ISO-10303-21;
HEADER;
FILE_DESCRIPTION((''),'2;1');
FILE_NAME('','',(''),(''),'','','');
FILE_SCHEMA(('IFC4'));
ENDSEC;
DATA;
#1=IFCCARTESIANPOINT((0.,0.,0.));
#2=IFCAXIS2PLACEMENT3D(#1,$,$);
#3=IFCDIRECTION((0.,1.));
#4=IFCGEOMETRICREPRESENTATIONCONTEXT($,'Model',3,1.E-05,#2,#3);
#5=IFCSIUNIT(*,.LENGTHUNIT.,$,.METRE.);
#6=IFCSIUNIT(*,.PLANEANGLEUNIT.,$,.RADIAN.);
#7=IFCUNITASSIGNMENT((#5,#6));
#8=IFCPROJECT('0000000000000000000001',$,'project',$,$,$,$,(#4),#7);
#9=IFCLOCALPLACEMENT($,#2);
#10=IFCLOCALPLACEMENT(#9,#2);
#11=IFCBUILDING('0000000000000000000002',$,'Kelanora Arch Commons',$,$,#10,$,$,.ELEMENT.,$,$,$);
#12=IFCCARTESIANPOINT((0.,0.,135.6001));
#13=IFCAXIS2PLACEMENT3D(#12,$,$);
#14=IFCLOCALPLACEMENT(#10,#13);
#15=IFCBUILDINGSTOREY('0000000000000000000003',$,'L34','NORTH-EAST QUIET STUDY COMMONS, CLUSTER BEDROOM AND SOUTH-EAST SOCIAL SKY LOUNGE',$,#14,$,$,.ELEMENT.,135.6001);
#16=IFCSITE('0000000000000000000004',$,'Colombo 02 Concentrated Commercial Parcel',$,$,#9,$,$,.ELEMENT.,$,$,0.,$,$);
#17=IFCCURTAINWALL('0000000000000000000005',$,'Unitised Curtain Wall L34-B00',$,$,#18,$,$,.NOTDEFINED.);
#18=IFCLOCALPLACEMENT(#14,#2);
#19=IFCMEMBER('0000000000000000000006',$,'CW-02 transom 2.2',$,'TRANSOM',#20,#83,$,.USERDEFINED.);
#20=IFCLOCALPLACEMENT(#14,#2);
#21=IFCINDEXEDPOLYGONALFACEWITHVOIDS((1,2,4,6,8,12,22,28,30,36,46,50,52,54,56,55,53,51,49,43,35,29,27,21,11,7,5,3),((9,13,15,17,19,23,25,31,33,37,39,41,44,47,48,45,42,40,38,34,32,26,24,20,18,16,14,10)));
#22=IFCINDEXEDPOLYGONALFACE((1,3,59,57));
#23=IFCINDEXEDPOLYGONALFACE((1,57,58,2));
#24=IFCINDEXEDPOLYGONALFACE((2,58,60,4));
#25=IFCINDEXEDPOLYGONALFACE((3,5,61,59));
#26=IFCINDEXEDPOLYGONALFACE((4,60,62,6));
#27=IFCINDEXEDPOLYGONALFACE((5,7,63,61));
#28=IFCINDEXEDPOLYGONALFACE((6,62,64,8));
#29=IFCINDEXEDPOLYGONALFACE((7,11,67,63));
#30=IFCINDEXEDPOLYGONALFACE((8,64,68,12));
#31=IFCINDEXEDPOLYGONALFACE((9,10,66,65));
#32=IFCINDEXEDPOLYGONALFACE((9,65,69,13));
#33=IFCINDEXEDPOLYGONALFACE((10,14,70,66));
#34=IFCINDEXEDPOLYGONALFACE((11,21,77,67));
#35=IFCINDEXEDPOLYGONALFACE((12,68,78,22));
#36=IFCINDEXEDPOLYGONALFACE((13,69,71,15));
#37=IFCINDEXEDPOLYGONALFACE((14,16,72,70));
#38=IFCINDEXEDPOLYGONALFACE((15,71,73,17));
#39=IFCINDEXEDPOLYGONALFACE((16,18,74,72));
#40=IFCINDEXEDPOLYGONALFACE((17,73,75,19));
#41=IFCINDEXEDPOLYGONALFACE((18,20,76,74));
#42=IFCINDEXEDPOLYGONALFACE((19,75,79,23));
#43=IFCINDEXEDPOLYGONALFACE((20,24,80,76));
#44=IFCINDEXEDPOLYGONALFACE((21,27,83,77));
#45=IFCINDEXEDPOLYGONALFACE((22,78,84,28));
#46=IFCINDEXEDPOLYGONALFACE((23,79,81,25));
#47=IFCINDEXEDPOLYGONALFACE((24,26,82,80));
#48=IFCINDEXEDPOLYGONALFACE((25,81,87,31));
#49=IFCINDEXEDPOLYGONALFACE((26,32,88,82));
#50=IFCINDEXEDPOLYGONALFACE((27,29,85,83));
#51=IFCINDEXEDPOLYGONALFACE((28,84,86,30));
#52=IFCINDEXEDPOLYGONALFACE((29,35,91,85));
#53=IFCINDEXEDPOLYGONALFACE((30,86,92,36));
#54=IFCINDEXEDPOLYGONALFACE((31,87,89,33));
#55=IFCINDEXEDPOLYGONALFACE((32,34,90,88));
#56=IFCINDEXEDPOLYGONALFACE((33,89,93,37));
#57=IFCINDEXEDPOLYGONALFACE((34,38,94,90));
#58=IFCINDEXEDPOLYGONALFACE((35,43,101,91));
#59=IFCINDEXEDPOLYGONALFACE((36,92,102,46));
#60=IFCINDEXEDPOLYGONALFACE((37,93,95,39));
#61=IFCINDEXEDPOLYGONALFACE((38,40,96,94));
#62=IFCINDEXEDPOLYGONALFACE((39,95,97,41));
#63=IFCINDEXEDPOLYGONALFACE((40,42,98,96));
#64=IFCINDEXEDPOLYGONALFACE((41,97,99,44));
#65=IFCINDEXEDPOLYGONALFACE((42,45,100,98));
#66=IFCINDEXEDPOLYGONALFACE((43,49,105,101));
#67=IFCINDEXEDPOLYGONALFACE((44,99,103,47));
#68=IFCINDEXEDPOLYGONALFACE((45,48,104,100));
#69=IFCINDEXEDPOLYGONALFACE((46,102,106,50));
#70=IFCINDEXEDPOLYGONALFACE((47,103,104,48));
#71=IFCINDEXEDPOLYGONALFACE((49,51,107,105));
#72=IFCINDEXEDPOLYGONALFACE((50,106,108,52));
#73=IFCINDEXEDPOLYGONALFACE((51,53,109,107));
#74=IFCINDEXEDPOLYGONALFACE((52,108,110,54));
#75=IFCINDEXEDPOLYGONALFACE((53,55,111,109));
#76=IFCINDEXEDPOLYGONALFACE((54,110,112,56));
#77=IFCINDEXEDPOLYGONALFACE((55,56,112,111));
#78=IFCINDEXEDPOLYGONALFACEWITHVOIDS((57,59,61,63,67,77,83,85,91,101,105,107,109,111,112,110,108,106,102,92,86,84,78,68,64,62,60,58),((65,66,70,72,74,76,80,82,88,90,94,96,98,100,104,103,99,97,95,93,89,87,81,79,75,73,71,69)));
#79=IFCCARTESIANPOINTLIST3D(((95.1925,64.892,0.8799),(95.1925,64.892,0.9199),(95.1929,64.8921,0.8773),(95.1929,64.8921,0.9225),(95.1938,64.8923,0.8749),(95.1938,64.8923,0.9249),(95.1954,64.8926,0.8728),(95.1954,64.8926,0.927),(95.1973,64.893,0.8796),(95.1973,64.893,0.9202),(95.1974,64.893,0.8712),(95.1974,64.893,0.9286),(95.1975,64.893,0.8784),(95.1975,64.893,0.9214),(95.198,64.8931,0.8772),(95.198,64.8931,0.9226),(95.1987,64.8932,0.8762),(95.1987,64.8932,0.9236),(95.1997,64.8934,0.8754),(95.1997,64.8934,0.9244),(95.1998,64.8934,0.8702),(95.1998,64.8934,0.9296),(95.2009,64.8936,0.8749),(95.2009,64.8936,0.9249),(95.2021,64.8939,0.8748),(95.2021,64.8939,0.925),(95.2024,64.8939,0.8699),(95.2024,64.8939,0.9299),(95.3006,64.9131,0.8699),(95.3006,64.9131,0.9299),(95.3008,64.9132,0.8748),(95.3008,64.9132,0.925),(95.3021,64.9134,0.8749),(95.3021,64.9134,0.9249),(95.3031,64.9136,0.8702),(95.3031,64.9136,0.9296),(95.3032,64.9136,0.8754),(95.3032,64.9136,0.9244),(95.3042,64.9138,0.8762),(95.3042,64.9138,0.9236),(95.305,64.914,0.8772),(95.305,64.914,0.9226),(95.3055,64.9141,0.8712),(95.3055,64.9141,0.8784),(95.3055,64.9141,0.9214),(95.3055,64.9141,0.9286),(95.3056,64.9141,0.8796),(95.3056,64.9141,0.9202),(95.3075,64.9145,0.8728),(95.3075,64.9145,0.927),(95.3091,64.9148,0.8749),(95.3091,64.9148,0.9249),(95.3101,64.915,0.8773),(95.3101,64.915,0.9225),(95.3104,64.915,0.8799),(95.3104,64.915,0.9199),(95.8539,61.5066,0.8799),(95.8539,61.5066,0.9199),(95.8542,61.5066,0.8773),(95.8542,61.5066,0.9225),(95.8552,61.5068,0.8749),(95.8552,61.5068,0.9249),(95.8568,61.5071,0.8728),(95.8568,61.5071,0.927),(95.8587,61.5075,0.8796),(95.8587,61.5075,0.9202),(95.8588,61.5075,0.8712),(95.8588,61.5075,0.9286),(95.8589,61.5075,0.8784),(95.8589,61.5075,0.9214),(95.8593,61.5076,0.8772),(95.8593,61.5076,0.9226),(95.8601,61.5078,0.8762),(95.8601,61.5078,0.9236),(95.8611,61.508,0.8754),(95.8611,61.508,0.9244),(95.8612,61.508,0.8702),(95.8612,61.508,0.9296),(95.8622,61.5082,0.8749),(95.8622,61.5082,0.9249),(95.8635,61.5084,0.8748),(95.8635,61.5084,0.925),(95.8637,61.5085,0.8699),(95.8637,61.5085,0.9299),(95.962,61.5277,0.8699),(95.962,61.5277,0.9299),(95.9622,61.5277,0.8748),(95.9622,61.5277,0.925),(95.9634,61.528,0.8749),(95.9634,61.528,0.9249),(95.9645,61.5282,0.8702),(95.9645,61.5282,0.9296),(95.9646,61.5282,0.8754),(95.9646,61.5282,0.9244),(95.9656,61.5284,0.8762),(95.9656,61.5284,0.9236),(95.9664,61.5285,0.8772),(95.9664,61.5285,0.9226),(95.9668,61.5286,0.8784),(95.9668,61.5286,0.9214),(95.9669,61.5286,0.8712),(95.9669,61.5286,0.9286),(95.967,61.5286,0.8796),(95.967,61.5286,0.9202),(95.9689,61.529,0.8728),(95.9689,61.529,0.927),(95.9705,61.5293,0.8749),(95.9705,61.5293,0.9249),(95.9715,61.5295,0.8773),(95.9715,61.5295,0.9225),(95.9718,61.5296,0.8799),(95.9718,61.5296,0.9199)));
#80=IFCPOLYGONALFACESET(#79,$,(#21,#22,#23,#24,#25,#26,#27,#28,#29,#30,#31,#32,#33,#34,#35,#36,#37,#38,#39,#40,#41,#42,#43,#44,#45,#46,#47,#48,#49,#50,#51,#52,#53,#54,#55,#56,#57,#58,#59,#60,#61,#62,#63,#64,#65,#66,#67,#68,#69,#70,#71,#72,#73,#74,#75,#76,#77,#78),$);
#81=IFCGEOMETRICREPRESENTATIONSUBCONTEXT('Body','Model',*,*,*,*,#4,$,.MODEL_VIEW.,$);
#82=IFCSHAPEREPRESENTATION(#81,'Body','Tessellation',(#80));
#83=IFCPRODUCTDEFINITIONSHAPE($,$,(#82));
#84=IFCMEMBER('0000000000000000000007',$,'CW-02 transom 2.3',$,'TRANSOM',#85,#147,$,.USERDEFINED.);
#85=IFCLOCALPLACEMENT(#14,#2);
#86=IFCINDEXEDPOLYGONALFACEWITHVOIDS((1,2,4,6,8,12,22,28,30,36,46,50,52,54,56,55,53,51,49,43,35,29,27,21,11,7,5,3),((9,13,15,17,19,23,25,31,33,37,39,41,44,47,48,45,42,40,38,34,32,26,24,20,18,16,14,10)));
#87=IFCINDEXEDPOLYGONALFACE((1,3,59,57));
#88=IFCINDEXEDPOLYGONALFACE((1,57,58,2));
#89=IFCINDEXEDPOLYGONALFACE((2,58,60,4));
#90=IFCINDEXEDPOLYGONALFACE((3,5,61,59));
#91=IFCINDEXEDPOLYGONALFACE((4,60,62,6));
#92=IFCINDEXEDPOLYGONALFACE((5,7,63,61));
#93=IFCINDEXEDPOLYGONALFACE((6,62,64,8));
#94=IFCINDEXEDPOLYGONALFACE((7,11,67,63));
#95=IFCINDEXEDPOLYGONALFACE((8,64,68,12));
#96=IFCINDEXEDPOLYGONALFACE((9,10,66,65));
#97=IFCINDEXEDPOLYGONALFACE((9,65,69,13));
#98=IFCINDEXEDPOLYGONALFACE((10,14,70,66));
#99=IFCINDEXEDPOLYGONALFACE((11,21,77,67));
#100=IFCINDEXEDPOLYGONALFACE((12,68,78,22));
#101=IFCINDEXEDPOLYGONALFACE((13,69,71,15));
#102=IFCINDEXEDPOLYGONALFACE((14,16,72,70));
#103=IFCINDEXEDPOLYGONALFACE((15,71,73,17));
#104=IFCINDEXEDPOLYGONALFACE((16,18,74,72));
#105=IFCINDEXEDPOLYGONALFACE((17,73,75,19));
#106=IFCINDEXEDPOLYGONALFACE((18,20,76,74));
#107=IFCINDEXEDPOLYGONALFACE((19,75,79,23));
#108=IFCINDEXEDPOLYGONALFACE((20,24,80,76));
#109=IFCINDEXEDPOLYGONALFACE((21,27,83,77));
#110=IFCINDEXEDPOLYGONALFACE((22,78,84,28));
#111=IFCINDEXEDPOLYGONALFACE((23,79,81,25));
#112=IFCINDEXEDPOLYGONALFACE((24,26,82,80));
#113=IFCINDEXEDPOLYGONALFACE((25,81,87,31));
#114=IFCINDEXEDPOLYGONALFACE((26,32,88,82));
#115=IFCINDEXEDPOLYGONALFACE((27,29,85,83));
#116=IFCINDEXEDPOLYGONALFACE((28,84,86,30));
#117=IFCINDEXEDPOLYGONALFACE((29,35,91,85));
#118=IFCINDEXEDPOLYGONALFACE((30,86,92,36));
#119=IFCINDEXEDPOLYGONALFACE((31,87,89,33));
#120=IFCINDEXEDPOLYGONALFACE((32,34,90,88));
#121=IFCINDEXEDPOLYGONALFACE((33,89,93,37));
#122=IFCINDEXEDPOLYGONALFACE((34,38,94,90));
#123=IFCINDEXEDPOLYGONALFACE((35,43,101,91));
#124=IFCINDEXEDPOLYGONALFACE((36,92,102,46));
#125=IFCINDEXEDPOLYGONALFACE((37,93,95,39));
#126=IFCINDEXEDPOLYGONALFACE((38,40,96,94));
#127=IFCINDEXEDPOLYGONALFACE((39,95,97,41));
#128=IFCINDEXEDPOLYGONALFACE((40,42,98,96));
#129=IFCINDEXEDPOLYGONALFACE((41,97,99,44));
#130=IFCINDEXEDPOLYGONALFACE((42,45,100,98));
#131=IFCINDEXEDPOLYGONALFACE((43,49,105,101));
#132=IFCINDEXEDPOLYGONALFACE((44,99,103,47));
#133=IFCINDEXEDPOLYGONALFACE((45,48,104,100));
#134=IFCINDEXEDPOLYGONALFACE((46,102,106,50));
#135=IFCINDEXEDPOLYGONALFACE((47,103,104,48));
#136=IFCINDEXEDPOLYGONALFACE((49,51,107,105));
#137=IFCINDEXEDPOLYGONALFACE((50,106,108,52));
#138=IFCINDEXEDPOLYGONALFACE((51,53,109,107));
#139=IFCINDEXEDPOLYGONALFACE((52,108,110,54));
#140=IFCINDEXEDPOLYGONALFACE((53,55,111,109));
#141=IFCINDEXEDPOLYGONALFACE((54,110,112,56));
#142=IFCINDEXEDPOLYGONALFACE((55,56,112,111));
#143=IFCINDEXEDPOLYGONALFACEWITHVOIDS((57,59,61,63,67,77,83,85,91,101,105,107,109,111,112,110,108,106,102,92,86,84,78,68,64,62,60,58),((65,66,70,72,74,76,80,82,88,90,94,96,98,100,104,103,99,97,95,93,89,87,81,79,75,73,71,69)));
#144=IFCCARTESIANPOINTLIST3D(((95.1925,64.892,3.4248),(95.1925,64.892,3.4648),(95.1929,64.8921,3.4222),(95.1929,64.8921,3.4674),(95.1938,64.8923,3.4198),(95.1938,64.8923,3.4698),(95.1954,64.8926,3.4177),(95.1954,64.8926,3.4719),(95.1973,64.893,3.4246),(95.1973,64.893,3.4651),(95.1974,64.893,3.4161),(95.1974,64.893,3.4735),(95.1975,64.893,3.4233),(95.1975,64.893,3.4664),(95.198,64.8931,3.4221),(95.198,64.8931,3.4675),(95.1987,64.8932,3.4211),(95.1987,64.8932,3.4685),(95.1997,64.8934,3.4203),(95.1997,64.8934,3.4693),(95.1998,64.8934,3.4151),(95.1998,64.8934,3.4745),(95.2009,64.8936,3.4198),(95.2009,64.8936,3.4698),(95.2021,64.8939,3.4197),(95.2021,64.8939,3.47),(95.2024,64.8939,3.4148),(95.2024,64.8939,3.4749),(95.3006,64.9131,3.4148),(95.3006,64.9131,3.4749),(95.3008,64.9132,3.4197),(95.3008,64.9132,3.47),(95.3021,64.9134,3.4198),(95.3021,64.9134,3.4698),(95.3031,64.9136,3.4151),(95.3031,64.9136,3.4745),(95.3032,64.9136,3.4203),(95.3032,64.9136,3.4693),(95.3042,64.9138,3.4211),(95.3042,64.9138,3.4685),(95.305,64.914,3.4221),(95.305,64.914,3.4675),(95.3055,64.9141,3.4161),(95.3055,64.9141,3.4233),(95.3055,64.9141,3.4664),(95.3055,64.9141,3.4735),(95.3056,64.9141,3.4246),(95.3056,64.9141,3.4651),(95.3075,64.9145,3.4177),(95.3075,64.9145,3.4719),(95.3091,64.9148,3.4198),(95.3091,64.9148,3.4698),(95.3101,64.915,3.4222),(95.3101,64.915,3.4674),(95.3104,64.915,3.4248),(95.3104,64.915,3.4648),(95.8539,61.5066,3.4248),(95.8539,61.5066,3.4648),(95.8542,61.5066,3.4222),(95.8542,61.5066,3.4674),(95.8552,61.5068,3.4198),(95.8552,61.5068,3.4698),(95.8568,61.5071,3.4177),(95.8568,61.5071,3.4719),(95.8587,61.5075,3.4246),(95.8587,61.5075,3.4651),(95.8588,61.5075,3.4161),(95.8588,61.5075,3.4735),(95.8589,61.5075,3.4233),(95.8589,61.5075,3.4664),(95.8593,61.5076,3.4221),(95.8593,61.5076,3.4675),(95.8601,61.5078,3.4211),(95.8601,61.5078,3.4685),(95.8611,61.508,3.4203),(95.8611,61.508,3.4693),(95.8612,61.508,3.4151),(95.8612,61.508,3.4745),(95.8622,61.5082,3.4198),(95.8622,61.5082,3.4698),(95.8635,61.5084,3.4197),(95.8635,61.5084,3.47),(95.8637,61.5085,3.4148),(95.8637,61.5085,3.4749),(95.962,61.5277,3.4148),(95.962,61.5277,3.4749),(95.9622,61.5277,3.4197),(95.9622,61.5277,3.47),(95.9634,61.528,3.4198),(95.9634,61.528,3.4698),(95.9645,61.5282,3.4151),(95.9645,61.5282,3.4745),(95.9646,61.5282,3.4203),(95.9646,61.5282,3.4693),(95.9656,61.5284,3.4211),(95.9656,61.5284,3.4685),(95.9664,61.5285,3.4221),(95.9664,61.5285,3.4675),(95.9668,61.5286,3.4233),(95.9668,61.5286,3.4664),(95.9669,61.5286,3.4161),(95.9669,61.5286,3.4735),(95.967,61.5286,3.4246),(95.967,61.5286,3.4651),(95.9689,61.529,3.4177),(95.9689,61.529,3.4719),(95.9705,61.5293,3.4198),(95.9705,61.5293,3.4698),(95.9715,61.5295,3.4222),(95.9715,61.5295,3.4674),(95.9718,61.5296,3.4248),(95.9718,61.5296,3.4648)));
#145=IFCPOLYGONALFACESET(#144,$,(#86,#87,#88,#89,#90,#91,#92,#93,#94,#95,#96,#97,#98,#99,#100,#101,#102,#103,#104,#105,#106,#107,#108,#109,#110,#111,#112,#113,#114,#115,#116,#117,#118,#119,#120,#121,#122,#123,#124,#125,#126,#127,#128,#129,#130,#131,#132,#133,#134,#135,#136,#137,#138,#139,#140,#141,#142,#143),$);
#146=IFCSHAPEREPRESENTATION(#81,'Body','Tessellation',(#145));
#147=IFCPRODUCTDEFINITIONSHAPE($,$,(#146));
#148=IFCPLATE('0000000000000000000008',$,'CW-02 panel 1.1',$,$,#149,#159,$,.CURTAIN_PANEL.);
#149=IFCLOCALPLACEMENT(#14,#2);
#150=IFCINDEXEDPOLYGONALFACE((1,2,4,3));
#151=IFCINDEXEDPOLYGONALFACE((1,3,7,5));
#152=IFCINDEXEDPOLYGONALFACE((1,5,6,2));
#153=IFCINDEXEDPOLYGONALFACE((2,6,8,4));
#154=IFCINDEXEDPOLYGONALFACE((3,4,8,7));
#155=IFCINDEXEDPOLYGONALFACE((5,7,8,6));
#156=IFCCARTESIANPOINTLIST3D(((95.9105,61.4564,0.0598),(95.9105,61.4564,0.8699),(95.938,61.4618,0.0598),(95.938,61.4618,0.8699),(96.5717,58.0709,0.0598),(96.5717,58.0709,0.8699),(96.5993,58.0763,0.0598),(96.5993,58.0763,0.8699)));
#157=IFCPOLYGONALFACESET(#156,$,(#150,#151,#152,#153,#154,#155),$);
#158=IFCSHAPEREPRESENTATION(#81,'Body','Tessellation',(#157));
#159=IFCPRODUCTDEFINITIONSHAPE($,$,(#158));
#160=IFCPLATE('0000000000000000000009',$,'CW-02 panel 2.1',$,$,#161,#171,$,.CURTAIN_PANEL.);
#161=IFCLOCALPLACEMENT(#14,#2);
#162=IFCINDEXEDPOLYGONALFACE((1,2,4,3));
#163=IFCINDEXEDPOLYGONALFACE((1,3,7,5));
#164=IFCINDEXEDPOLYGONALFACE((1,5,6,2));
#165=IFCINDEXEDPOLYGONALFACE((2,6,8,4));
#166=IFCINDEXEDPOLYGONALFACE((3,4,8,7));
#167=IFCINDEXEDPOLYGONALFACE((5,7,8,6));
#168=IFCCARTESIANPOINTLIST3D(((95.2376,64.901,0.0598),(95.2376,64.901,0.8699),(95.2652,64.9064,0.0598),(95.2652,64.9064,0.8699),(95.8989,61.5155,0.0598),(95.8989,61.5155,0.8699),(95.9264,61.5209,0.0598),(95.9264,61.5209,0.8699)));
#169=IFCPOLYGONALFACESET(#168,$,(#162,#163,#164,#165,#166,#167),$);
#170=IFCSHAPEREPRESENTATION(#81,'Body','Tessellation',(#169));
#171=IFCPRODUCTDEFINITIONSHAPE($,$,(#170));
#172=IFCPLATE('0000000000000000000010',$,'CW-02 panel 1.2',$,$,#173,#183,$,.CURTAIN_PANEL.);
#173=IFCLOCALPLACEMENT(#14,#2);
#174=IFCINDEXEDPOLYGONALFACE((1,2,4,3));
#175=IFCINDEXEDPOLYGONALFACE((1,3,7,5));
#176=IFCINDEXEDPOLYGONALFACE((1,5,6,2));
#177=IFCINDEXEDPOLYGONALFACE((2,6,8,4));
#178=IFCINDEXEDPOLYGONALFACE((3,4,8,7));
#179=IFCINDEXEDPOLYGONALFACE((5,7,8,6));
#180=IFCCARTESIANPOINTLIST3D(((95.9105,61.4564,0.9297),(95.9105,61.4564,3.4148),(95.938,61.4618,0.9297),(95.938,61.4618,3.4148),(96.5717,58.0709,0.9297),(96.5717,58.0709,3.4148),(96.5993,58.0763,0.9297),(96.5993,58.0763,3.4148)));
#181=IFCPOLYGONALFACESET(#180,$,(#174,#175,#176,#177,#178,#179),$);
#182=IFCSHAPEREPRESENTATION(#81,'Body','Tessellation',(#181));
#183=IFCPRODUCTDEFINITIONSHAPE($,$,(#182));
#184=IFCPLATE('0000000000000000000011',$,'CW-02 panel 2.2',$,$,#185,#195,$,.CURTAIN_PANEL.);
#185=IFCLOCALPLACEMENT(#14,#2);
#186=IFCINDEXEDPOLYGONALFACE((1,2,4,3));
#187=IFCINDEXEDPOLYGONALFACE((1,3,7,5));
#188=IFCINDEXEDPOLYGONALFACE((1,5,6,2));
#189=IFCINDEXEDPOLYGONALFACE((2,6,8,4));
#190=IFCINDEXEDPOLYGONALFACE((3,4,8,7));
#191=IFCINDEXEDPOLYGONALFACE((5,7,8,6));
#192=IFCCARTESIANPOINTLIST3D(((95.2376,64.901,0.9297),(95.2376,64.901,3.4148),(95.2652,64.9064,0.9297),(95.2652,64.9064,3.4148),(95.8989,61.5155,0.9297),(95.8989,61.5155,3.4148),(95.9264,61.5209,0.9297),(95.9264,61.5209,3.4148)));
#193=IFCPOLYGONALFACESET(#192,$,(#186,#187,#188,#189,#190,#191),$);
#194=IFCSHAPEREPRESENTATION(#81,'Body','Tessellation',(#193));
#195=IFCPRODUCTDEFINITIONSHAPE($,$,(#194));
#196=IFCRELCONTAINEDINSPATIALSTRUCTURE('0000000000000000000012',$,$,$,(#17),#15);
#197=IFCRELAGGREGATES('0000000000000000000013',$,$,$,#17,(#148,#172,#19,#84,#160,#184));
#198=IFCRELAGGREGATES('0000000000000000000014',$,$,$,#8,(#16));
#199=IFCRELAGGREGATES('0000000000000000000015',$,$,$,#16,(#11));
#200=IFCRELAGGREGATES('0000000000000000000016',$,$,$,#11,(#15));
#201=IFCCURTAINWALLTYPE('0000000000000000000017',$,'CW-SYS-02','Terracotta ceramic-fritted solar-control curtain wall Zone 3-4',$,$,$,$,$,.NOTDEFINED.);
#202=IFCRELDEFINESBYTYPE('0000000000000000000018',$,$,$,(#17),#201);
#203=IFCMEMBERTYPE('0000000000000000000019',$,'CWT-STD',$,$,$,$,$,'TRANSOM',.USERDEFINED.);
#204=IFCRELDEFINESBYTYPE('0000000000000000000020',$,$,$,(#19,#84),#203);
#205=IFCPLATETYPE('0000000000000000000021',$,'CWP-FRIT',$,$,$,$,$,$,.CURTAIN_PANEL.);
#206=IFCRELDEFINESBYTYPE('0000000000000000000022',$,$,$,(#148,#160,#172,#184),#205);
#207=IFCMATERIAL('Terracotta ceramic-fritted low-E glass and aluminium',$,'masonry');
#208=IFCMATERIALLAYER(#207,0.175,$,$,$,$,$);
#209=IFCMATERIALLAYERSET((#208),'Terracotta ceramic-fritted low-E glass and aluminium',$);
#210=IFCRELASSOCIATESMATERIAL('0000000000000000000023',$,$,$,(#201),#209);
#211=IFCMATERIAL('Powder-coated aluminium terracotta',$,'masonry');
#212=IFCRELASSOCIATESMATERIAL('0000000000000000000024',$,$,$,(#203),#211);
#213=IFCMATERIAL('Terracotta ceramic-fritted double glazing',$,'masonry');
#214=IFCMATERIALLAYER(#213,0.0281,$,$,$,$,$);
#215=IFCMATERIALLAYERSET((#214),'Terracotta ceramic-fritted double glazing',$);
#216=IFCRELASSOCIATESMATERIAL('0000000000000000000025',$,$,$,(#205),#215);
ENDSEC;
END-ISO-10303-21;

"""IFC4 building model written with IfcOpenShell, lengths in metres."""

from ifc_helpers import new_model, si_unit, direction, frame, origin, origin_2d, place, context, subcontext, project, spatial, rectangle, hollow_rectangle, extrude, source, transform, mapped, material, layer, layer_set, material_profile, profile_set, type_object, element, aggregate, save


model = new_model("IFC4")

# Units and contexts
model_context = context("Model", 3, precision=1e-05, world=origin(), true_north=direction((0.0, 1.0)))
body_context = subcontext(model_context, "Body", "Model", "MODEL_VIEW")
ifc_project = project(units=[si_unit("LENGTHUNIT", "METRE"), si_unit("PLANEANGLEUNIT", "RADIAN")], contexts=[model_context])

# Site, building, storey
site_placement = place(None, origin())
site = spatial("IfcSite", under=ifc_project, at=site_placement, Name="Colombo 02 Concentrated Commercial Parcel", CompositionType="ELEMENT", RefElevation=0.0)
building_placement = place(site_placement, origin())
building = spatial("IfcBuilding", under=site, at=building_placement, Name="Kelanora Arch Commons", CompositionType="ELEMENT")
storey_placement = place(building_placement, frame((0.0, 0.0, 135.6001)))
storey = spatial("IfcBuildingStorey", under=building, at=storey_placement, Name="L34", Description="NORTH-EAST QUIET STUDY COMMONS, CLUSTER BEDROOM AND SOUTH-EAST SOCIAL SKY LOUNGE", CompositionType="ELEMENT", Elevation=135.6001)

# Curtain wall, members, plates
ifc_material_1 = material(Name="Terracotta ceramic-fritted low-E glass and aluminium", Category="masonry")
ifc_layer_1 = layer(ifc_material_1, 0.175)
ifc_layer_set_1 = layer_set([ifc_layer_1], Name="Terracotta ceramic-fritted low-E glass and aluminium")
curtain_wall_type = type_object("IfcCurtainWallType", Name="CW-SYS-02", Description="Terracotta ceramic-fritted solar-control curtain wall Zone 3-4", PredefinedType="NOTDEFINED", material=ifc_layer_set_1)
curtain_wall_placement = place(storey_placement, origin())
curtain_wall = element("IfcCurtainWall", 1, at=curtain_wall_placement, inside=storey, type_object=curtain_wall_type, Name="Unitised Curtain Wall L34-B00", PredefinedType="NOTDEFINED")
ifc_material_2 = material(Name="Powder-coated aluminium terracotta", Category="masonry")
ifc_material_profile_1 = material_profile(ifc_material_2, hollow_rectangle(XDim=0.1201, YDim=0.0601, WallThickness=0.0049, InnerFilletRadius=0.0049, OuterFilletRadius=0.01, at=origin_2d()), Name="CWT120x60")
ifc_profile_set_1 = profile_set([ifc_material_profile_1], Name="Powder-coated aluminium terracotta")
member_type_1 = type_object("IfcMemberType", Name="CWT-STD", ElementType="TRANSOM", PredefinedType="USERDEFINED", material=ifc_profile_set_1)
member_1_placement = place(storey_placement, frame((95.9128, 61.5181, 0.8999), z_axis=(-0.191732, 0.981447, 0.0), x_axis=(-0.981447, -0.191732, 0.0)))
member_1 = element("IfcMember", 2, at=member_1_placement, type_object=member_type_1, Name="CW-02 transom 2.2", ObjectType="TRANSOM", PredefinedType="USERDEFINED", context=body_context, shape_type="SweptSolid", body=[
    extrude(hollow_rectangle(XDim=0.1201, YDim=0.0601, WallThickness=0.0049, InnerFilletRadius=0.0049, OuterFilletRadius=0.01, at=origin_2d()), origin(), (0.0, 0.0, 1.0), 3.4495),
])
member_2_placement = place(storey_placement, frame((95.9128, 61.5181, 3.4448), z_axis=(-0.191732, 0.981447, 0.0), x_axis=(-0.981447, -0.191732, 0.0)))
member_2 = element("IfcMember", 3, at=member_2_placement, type_object=member_type_1, Name="CW-02 transom 2.3", ObjectType="TRANSOM", PredefinedType="USERDEFINED", context=body_context, shape_type="SweptSolid", body=[
    extrude(hollow_rectangle(XDim=0.1201, YDim=0.0601, WallThickness=0.0049, InnerFilletRadius=0.0049, OuterFilletRadius=0.01, at=origin_2d()), origin(), (0.0, 0.0, 1.0), 3.4495),
])
ifc_material_3 = material(Name="Terracotta ceramic-fritted double glazing", Category="masonry")
ifc_layer_2 = layer(ifc_material_3, 0.0281)
ifc_layer_set_2 = layer_set([ifc_layer_2], Name="Terracotta ceramic-fritted double glazing")
plate_type = type_object("IfcPlateType", Name="CWP-FRIT", PredefinedType="CURTAIN_PANEL", material=ifc_layer_set_2)
shared_shape_1 = source(origin(), body_context, "Body", "SweptSolid", [
    extrude(rectangle(XDim=3.4495, YDim=0.0281, at=origin_2d()), origin(), (0.0, 0.0, 1.0), 0.8101),
])
plate_1_placement = place(storey_placement, frame((96.2549, 59.7664, 0.0598), z_axis=(0.0, 0.0, 1.0), x_axis=(-0.191705, 0.981453, 0.0)))
plate_1 = element("IfcPlate", 4, at=plate_1_placement, type_object=plate_type, Name="CW-02 panel 1.1", PredefinedType="CURTAIN_PANEL", context=body_context, shape_type="MappedRepresentation", body=[
    mapped(shared_shape_1, transform((0.0, 0.0, 0.0), scale=1.0)),
])
plate_2_placement = place(storey_placement, frame((95.582, 63.2109, 0.0598), z_axis=(0.0, 0.0, 1.0), x_axis=(-0.191705, 0.981453, 0.0)))
plate_2 = element("IfcPlate", 5, at=plate_2_placement, type_object=plate_type, Name="CW-02 panel 2.1", PredefinedType="CURTAIN_PANEL", context=body_context, shape_type="MappedRepresentation", body=[
    mapped(shared_shape_1, transform((0.0, 0.0, 0.0), scale=1.0)),
])
shared_shape_2 = source(origin(), body_context, "Body", "SweptSolid", [
    extrude(rectangle(XDim=3.4495, YDim=0.0281, at=origin_2d()), origin(), (0.0, 0.0, 1.0), 2.4851),
])
plate_3_placement = place(storey_placement, frame((96.2549, 59.7664, 0.9297), z_axis=(0.0, 0.0, 1.0), x_axis=(-0.191705, 0.981453, 0.0)))
plate_3 = element("IfcPlate", 6, at=plate_3_placement, type_object=plate_type, Name="CW-02 panel 1.2", PredefinedType="CURTAIN_PANEL", context=body_context, shape_type="MappedRepresentation", body=[
    mapped(shared_shape_2, transform((0.0, 0.0, 0.0), scale=1.0)),
])
plate_4_placement = place(storey_placement, frame((95.582, 63.2109, 0.9297), z_axis=(0.0, 0.0, 1.0), x_axis=(-0.191705, 0.981453, 0.0)))
plate_4 = element("IfcPlate", 7, at=plate_4_placement, type_object=plate_type, Name="CW-02 panel 2.2", PredefinedType="CURTAIN_PANEL", context=body_context, shape_type="MappedRepresentation", body=[
    mapped(shared_shape_2, transform((0.0, 0.0, 0.0), scale=1.0)),
])
aggregate(curtain_wall, [plate_1, plate_3, member_1, member_2, plate_2, plate_4])

save(model, "model.ifc")
